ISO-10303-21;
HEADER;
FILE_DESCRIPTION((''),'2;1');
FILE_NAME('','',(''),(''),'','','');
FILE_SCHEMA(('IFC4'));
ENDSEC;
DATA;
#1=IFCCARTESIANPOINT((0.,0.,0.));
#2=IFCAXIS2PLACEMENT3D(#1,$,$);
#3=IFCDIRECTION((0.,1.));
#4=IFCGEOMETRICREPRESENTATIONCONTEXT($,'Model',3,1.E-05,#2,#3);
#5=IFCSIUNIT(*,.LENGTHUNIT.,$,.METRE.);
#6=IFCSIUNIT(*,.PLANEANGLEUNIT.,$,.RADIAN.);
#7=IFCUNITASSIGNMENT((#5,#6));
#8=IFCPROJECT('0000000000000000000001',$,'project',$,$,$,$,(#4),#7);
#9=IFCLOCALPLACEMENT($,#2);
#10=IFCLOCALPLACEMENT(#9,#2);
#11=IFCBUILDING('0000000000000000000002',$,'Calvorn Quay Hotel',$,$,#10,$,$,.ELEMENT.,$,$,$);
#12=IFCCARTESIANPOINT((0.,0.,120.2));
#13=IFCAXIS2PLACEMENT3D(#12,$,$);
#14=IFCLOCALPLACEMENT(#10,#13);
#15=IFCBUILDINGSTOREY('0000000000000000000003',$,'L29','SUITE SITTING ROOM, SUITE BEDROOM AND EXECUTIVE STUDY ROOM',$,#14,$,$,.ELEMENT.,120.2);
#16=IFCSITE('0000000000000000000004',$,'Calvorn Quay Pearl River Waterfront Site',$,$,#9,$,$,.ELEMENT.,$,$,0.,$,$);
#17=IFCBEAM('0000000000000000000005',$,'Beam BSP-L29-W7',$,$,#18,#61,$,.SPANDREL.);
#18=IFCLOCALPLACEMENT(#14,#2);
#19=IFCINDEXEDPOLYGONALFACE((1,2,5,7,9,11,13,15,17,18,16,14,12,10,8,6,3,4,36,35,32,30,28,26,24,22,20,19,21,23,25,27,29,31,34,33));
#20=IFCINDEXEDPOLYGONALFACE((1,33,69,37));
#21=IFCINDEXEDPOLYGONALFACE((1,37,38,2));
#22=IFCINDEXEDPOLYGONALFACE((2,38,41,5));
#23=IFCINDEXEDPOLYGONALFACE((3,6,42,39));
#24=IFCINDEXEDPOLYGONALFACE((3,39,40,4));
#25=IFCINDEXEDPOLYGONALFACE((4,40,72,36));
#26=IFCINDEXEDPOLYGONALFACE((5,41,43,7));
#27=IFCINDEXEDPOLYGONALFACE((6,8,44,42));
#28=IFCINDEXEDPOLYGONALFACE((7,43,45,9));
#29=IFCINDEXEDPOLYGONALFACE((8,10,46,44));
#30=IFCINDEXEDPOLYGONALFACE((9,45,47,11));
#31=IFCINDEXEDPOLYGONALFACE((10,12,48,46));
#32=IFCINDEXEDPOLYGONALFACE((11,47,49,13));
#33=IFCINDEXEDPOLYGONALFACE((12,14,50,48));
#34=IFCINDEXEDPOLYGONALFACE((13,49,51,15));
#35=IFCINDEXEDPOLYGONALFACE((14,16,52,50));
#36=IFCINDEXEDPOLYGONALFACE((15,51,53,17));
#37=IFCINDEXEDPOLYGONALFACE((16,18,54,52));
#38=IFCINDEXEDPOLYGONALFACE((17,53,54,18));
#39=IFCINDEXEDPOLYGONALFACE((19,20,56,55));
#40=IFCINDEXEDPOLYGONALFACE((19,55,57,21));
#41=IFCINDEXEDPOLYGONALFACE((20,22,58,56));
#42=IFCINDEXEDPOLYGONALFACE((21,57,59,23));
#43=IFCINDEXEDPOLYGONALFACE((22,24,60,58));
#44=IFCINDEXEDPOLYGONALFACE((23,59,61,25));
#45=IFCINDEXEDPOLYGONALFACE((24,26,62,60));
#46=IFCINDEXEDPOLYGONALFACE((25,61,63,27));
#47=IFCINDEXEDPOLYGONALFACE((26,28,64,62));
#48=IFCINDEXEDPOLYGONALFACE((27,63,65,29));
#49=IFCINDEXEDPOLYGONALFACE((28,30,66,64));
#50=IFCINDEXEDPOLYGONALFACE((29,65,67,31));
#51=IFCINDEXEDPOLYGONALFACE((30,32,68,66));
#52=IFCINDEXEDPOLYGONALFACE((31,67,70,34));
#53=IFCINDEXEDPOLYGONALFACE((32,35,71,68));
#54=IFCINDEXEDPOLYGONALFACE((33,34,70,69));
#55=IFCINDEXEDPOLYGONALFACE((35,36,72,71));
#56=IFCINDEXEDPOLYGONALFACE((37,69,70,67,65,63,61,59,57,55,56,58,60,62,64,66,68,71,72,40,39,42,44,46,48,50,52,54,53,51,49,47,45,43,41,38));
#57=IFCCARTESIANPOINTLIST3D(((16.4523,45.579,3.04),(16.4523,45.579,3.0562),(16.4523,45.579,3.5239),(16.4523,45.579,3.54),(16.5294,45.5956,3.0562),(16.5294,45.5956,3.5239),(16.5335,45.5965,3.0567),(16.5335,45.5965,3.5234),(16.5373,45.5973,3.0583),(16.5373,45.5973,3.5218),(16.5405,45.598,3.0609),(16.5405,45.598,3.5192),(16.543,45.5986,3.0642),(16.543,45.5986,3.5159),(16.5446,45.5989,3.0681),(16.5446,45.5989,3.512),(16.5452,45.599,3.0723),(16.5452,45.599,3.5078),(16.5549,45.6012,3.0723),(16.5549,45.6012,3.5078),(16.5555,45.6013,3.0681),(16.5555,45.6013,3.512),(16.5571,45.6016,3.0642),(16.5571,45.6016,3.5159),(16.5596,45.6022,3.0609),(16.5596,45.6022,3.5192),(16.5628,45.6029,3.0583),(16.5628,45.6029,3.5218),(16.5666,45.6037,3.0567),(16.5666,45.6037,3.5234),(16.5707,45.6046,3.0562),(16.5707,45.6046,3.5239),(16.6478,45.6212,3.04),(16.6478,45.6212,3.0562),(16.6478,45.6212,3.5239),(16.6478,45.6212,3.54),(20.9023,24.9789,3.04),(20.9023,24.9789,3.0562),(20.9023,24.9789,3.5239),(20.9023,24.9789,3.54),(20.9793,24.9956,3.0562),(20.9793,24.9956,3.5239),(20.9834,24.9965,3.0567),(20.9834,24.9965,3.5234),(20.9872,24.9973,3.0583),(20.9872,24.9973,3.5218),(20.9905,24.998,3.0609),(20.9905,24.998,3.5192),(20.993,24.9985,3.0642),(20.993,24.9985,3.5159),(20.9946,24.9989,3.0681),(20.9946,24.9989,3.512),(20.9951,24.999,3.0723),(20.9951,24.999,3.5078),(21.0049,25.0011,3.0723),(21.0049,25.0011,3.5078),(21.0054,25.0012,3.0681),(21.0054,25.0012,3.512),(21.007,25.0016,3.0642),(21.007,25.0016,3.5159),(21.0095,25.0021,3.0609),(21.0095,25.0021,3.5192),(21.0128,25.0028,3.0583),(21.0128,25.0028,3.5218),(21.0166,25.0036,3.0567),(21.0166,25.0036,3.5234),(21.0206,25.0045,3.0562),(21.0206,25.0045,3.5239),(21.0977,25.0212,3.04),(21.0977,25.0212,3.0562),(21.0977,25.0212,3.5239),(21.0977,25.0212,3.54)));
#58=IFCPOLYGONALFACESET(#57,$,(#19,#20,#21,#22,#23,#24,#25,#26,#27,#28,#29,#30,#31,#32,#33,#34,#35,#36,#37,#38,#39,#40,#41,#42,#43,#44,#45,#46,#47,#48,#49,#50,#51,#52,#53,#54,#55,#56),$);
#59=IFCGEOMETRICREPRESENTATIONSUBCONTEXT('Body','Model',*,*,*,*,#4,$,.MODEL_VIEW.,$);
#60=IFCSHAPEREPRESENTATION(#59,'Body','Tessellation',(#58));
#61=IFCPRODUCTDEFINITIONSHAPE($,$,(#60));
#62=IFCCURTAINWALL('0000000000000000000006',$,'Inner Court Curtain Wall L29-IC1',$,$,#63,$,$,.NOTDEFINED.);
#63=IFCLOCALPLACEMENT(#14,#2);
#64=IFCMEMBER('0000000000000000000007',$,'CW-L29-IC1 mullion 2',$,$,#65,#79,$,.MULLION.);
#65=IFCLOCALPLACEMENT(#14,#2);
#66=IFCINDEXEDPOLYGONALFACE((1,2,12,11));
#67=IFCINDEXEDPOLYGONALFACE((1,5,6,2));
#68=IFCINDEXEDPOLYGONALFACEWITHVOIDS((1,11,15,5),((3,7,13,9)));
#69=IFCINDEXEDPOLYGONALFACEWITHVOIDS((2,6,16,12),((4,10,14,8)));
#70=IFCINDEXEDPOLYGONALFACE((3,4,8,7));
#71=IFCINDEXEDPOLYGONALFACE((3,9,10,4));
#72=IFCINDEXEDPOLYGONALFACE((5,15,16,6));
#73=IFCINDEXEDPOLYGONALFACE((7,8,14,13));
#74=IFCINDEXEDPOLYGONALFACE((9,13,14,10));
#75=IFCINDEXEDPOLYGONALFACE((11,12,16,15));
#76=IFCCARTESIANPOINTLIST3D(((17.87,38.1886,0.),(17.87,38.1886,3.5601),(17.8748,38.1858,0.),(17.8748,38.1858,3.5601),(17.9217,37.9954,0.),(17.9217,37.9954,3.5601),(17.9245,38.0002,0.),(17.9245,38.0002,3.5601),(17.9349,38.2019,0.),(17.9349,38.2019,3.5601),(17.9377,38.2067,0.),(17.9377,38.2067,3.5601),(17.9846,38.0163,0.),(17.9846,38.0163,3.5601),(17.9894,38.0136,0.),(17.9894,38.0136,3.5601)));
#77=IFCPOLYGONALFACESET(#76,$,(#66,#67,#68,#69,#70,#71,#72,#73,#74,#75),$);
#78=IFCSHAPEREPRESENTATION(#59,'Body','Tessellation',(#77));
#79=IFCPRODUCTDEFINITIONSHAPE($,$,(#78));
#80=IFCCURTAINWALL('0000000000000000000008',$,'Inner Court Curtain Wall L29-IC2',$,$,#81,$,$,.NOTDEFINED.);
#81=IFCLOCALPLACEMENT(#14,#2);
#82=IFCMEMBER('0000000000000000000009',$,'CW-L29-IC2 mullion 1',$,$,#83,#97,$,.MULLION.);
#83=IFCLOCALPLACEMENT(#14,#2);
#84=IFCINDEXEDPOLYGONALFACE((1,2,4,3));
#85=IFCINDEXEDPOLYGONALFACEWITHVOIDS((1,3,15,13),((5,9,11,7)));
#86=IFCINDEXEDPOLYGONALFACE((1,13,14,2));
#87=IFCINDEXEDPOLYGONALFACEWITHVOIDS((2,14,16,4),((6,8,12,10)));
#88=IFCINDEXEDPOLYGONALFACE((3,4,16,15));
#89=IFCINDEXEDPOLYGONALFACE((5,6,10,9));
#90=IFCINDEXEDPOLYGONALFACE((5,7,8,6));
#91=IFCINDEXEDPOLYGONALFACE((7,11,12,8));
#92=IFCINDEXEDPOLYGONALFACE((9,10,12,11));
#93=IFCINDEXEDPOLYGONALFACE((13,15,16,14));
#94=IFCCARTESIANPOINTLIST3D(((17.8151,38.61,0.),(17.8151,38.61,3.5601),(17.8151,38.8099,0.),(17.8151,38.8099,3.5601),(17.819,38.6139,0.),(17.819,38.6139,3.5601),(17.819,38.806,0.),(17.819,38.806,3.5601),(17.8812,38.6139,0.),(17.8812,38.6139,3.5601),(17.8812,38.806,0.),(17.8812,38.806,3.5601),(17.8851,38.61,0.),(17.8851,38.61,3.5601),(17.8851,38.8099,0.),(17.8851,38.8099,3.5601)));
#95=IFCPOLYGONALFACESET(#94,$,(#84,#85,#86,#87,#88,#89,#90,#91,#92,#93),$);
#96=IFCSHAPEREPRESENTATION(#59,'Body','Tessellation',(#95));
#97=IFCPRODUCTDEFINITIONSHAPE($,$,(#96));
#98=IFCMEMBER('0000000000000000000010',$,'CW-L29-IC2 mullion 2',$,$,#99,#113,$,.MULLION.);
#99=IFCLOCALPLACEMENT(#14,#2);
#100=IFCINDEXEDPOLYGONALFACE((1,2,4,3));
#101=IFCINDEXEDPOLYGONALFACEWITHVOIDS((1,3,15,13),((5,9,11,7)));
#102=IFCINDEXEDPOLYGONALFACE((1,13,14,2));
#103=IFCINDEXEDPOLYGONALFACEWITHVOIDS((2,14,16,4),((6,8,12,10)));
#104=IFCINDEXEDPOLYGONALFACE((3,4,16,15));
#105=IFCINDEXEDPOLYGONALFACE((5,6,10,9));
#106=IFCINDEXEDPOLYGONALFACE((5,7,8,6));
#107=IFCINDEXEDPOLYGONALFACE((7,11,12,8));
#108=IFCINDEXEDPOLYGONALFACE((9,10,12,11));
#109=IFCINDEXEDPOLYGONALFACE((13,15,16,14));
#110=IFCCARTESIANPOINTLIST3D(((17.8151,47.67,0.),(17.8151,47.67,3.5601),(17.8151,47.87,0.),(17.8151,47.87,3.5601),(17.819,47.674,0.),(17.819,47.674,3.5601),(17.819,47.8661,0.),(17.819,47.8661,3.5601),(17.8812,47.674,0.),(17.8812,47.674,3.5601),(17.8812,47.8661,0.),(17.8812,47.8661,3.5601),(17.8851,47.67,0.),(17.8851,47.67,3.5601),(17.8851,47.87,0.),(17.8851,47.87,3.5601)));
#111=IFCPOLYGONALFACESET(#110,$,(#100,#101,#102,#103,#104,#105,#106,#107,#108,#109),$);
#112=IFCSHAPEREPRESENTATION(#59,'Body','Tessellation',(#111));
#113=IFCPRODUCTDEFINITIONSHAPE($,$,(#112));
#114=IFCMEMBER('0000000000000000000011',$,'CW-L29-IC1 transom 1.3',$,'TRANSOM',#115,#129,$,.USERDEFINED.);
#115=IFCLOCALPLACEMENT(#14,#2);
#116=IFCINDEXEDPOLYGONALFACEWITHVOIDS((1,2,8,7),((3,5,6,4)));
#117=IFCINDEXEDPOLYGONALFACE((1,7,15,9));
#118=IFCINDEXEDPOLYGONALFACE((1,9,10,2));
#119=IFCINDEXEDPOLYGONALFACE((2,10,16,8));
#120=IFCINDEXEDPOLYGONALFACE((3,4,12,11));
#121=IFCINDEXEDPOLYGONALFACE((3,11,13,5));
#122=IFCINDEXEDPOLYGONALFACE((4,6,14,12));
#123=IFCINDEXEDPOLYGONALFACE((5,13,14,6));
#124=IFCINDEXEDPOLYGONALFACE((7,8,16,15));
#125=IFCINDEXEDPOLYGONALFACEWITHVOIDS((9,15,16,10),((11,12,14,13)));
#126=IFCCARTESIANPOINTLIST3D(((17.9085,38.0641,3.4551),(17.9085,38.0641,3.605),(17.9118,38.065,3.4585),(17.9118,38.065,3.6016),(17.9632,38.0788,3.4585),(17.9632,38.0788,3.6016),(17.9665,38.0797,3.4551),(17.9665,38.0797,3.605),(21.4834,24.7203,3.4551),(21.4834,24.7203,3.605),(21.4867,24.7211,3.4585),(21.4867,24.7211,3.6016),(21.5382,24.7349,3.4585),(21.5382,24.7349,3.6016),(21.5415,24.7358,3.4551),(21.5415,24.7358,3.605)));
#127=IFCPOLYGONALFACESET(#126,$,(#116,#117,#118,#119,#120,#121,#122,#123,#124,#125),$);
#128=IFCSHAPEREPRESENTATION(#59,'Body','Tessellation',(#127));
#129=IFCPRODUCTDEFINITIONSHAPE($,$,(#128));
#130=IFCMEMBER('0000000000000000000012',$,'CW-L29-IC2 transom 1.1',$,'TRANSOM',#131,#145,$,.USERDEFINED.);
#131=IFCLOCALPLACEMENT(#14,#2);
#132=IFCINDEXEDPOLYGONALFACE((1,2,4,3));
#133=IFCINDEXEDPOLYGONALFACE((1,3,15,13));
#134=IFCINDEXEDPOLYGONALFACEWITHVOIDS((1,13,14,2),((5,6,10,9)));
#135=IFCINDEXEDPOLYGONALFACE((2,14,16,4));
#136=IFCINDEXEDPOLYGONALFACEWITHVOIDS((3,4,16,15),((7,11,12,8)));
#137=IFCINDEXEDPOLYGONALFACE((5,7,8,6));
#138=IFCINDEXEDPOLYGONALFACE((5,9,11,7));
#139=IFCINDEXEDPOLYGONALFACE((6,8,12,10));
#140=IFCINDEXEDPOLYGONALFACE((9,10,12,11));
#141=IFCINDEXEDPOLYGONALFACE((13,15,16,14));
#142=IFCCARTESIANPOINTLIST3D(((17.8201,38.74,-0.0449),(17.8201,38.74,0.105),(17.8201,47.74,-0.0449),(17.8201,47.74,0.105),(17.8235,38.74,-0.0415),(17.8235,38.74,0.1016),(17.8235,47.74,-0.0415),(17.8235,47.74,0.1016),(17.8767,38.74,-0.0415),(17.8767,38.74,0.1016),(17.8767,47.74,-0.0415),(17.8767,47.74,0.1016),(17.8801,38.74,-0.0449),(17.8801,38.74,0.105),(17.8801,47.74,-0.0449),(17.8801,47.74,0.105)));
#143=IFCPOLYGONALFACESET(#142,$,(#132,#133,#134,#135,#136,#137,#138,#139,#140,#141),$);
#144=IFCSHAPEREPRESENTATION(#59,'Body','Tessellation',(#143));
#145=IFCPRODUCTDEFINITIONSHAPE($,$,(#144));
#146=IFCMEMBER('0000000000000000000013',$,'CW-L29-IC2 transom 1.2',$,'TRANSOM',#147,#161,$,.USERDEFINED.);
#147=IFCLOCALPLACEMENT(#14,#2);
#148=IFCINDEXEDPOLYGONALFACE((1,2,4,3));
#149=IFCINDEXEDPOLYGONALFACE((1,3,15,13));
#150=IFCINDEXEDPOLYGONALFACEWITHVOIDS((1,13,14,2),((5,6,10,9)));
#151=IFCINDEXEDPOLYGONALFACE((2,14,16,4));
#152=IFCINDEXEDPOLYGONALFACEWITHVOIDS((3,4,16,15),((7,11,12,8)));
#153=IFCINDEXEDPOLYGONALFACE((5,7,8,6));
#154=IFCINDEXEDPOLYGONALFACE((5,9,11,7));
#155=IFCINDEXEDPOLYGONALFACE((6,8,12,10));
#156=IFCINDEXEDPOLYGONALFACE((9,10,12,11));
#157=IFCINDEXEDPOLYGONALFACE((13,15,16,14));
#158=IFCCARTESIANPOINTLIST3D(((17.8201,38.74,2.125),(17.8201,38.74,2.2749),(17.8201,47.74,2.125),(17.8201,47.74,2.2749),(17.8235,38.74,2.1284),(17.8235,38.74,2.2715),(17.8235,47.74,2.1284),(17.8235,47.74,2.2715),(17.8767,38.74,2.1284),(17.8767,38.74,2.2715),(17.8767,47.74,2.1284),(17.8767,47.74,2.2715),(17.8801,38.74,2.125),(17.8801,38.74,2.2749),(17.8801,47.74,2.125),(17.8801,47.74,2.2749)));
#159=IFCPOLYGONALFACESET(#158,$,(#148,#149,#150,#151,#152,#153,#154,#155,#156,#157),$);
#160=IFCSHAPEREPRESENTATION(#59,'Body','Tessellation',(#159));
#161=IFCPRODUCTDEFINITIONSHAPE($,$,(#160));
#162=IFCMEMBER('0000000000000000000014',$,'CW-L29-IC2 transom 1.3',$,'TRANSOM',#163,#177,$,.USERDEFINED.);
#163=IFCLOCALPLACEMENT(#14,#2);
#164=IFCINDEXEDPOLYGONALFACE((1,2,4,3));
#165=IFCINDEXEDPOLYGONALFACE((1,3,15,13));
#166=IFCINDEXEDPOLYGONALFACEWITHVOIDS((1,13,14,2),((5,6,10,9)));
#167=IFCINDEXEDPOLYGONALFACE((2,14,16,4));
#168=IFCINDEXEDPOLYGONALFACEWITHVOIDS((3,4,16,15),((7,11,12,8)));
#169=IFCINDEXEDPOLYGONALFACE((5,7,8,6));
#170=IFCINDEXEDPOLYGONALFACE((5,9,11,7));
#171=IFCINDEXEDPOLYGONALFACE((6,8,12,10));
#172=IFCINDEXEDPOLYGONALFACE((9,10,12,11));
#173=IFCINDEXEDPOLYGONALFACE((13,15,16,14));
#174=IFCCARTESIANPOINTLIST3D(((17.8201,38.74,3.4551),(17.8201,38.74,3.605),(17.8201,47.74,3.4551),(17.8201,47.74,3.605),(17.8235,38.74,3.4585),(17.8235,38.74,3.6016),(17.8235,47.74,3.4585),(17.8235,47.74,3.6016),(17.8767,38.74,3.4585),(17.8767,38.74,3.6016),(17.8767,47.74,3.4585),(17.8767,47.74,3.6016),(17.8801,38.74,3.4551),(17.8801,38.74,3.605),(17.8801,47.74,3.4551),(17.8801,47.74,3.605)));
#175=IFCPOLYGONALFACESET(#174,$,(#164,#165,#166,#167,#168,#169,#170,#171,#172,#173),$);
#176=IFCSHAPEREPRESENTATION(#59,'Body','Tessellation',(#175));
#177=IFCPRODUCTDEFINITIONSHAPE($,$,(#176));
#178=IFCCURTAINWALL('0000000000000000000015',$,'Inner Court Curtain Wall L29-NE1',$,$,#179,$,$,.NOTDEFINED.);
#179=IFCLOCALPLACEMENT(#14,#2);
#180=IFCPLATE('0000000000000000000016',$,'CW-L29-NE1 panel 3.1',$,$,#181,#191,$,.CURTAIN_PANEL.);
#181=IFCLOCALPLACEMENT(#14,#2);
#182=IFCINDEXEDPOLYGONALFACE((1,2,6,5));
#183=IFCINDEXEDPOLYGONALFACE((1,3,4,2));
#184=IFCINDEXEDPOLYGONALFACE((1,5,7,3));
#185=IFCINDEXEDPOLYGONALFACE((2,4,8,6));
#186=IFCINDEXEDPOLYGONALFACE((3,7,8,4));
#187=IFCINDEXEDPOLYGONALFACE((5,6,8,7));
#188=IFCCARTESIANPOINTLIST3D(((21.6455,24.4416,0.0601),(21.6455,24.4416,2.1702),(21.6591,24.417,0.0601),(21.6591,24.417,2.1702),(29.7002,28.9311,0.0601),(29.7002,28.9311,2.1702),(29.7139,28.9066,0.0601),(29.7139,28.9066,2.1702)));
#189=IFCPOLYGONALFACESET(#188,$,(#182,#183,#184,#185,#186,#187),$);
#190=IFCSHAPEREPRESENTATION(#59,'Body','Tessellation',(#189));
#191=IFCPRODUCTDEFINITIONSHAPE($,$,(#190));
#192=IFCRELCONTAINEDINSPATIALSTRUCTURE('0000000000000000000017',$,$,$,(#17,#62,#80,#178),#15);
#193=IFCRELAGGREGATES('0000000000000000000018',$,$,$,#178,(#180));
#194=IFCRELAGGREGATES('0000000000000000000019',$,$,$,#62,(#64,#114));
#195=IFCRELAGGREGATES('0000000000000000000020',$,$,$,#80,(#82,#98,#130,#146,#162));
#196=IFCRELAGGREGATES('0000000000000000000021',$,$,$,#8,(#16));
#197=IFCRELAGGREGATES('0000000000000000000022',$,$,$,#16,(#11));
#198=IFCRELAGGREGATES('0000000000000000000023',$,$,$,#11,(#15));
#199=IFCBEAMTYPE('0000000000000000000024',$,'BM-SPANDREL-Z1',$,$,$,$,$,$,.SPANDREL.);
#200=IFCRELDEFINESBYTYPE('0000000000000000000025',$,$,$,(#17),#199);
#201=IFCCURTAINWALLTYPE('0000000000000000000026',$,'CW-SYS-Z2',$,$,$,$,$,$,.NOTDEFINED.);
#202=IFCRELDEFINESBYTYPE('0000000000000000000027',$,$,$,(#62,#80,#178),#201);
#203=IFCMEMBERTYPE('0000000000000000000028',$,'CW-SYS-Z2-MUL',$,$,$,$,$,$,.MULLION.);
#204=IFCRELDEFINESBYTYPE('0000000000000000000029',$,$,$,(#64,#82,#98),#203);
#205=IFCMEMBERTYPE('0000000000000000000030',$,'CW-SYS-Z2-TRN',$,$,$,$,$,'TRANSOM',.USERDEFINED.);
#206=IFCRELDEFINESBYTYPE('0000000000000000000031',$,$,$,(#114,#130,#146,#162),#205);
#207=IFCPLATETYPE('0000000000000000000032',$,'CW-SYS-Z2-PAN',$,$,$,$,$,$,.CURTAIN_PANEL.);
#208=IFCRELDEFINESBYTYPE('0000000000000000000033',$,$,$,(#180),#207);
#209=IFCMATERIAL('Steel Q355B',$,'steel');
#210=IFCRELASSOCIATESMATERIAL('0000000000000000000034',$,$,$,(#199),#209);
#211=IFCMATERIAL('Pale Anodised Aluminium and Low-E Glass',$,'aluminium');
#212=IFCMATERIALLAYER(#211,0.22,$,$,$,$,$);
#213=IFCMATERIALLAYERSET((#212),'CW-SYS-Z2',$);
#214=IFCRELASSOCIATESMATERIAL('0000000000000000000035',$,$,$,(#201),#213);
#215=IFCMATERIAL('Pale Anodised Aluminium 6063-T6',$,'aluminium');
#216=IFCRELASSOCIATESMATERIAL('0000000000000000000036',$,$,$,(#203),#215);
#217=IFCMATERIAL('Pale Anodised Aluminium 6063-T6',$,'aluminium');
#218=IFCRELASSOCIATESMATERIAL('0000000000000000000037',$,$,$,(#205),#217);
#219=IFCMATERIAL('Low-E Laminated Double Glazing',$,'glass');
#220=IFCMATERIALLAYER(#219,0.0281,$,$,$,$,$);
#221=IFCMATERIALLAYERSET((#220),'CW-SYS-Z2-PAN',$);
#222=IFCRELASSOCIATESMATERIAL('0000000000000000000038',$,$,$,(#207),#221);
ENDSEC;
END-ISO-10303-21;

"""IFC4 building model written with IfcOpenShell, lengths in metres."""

from ifc_helpers import new_model, si_unit, direction, frame, origin, origin_2d, place, context, subcontext, project, spatial, rectangle, hollow_rectangle, i_section, extrude, material, layer, layer_set, material_profile, profile_set, type_object, element, aggregate, save


model = new_model("IFC4")

# Units and contexts
model_context = context("Model", 3, precision=1e-05, world=origin(), true_north=direction((0.0, 1.0)))
body_context = subcontext(model_context, "Body", "Model", "MODEL_VIEW")
ifc_project = project(units=[si_unit("LENGTHUNIT", "METRE"), si_unit("PLANEANGLEUNIT", "RADIAN")], contexts=[model_context])

# Site, building, storey
site_placement = place(None, origin())
site = spatial("IfcSite", under=ifc_project, at=site_placement, Name="Calvorn Quay Pearl River Waterfront Site", CompositionType="ELEMENT", RefElevation=0.0)
building_placement = place(site_placement, origin())
building = spatial("IfcBuilding", under=site, at=building_placement, Name="Calvorn Quay Hotel", CompositionType="ELEMENT")
storey_placement = place(building_placement, frame((0.0, 0.0, 120.2)))
storey = spatial("IfcBuildingStorey", under=building, at=storey_placement, Name="L29", Description="SUITE SITTING ROOM, SUITE BEDROOM AND EXECUTIVE STUDY ROOM", CompositionType="ELEMENT", Elevation=120.2)

# Beam
ifc_material_1 = material(Name="Steel Q355B", Category="steel")
ifc_material_profile_1 = material_profile(ifc_material_1, i_section(OverallWidth=0.2, OverallDepth=0.5, WebThickness=0.01, FlangeThickness=0.0161, FilletRadius=0.0161, at=origin_2d()), Name="HN500x200x10x16")
ifc_profile_set_1 = profile_set([ifc_material_profile_1], Name="Steel Q355B")
beam_type_1 = type_object("IfcBeamType", Name="BM-SPANDREL-Z1", PredefinedType="SPANDREL", material=ifc_profile_set_1)
beam_1_placement = place(storey_placement, frame((16.55, 45.6001, 3.29), z_axis=(0.211146, -0.977455, 0.0), x_axis=(0.977455, 0.211146, 0.0)))
element("IfcBeam", 1, at=beam_1_placement, inside=storey, type_object=beam_type_1, Name="Beam BSP-L29-W7", PredefinedType="SPANDREL", context=body_context, shape_type="SweptSolid", body=[
    extrude(i_section(OverallWidth=0.2, OverallDepth=0.5, WebThickness=0.01, FlangeThickness=0.0161, FilletRadius=0.0161, at=origin_2d()), origin(), (0.0, 0.0, 1.0), 21.0752),
])

# Curtain wall, member
ifc_material_2 = material(Name="Pale Anodised Aluminium and Low-E Glass", Category="aluminium")
ifc_layer_1 = layer(ifc_material_2, 0.22)
ifc_layer_set_1 = layer_set([ifc_layer_1], Name="CW-SYS-Z2")
curtain_wall_type = type_object("IfcCurtainWallType", Name="CW-SYS-Z2", PredefinedType="NOTDEFINED", material=ifc_layer_set_1)
curtain_wall_1_placement = place(storey_placement, origin())
curtain_wall_1 = element("IfcCurtainWall", 2, at=curtain_wall_1_placement, inside=storey, type_object=curtain_wall_type, Name="Inner Court Curtain Wall L29-IC1", PredefinedType="NOTDEFINED")
ifc_material_3 = material(Name="Pale Anodised Aluminium 6063-T6", Category="aluminium")
ifc_material_profile_2 = material_profile(ifc_material_3, hollow_rectangle(XDim=0.0701, YDim=0.2, WallThickness=0.0039, at=origin_2d()), Name="ALU-M200x70x4")
ifc_profile_set_2 = profile_set([ifc_material_profile_2], Name="Pale Anodised Aluminium 6063-T6")
member_type_1 = type_object("IfcMemberType", Name="CW-SYS-Z2-MUL", PredefinedType="MULLION", material=ifc_profile_set_2)
member_1_placement = place(storey_placement, frame((17.9297, 38.1011, 0.0), z_axis=(0.0, 0.0, 1.0), x_axis=(-0.965937, -0.258779, 0.0)))
member_1 = element("IfcMember", 3, at=member_1_placement, type_object=member_type_1, Name="CW-L29-IC1 mullion 2", PredefinedType="MULLION", context=body_context, shape_type="SweptSolid", body=[
    extrude(hollow_rectangle(XDim=0.0701, YDim=0.2, WallThickness=0.0039, at=origin_2d()), origin(), (0.0, 0.0, 1.0), 3.5601),
])

# Curtain wall, members
curtain_wall_2_placement = place(storey_placement, origin())
curtain_wall_2 = element("IfcCurtainWall", 4, at=curtain_wall_2_placement, inside=storey, type_object=curtain_wall_type, Name="Inner Court Curtain Wall L29-IC2", PredefinedType="NOTDEFINED")
member_2_placement = place(storey_placement, frame((17.8501, 38.71, 0.0), z_axis=(0.0, 0.0, 1.0), x_axis=(-1.0, 0.0, 0.0)))
member_2 = element("IfcMember", 5, at=member_2_placement, type_object=member_type_1, Name="CW-L29-IC2 mullion 1", PredefinedType="MULLION", context=body_context, shape_type="SweptSolid", body=[
    extrude(hollow_rectangle(XDim=0.0701, YDim=0.2, WallThickness=0.0039, at=origin_2d()), origin(), (0.0, 0.0, 1.0), 3.5601),
])
member_3_placement = place(storey_placement, frame((17.8501, 47.77, 0.0), z_axis=(0.0, 0.0, 1.0), x_axis=(-1.0, 0.0, 0.0)))
member_3 = element("IfcMember", 6, at=member_3_placement, type_object=member_type_1, Name="CW-L29-IC2 mullion 2", PredefinedType="MULLION", context=body_context, shape_type="SweptSolid", body=[
    extrude(hollow_rectangle(XDim=0.0701, YDim=0.2, WallThickness=0.0039, at=origin_2d()), origin(), (0.0, 0.0, 1.0), 3.5601),
])

# Members
ifc_material_4 = material(Name="Pale Anodised Aluminium 6063-T6", Category="aluminium")
ifc_material_profile_3 = material_profile(ifc_material_4, hollow_rectangle(XDim=0.0601, YDim=0.1499, WallThickness=0.0034, at=origin_2d()), Name="ALU-T150x60x3.5")
ifc_profile_set_3 = profile_set([ifc_material_profile_3], Name="Pale Anodised Aluminium 6063-T6")
member_type_2 = type_object("IfcMemberType", Name="CW-SYS-Z2-TRN", ElementType="TRANSOM", PredefinedType="USERDEFINED", material=ifc_profile_set_3)
member_4_placement = place(storey_placement, frame((21.5125, 24.728, 3.53), z_axis=(-0.258781, 0.965936, 0.0), x_axis=(-0.965936, -0.258781, 0.0)))
member_4 = element("IfcMember", 7, at=member_4_placement, type_object=member_type_2, Name="CW-L29-IC1 transom 1.3", ObjectType="TRANSOM", PredefinedType="USERDEFINED", context=body_context, shape_type="SweptSolid", body=[
    extrude(hollow_rectangle(XDim=0.0601, YDim=0.1499, WallThickness=0.0034, at=origin_2d()), origin(), (0.0, 0.0, 1.0), 13.8145),
])
member_5_placement = place(storey_placement, frame((17.8501, 38.74, 0.03), z_axis=(0.0, 1.0, 0.0), x_axis=(-1.0, 0.0, 0.0)))
member_5 = element("IfcMember", 8, at=member_5_placement, type_object=member_type_2, Name="CW-L29-IC2 transom 1.1", ObjectType="TRANSOM", PredefinedType="USERDEFINED", context=body_context, shape_type="SweptSolid", body=[
    extrude(hollow_rectangle(XDim=0.0601, YDim=0.1499, WallThickness=0.0034, at=origin_2d()), origin(), (0.0, 0.0, 1.0), 9.0),
])
member_6_placement = place(storey_placement, frame((17.8501, 38.74, 2.2), z_axis=(0.0, 1.0, 0.0), x_axis=(-1.0, 0.0, 0.0)))
member_6 = element("IfcMember", 9, at=member_6_placement, type_object=member_type_2, Name="CW-L29-IC2 transom 1.2", ObjectType="TRANSOM", PredefinedType="USERDEFINED", context=body_context, shape_type="SweptSolid", body=[
    extrude(hollow_rectangle(XDim=0.0601, YDim=0.1499, WallThickness=0.0034, at=origin_2d()), origin(), (0.0, 0.0, 1.0), 9.0),
])
member_7_placement = place(storey_placement, frame((17.8501, 38.74, 3.53), z_axis=(0.0, 1.0, 0.0), x_axis=(-1.0, 0.0, 0.0)))
member_7 = element("IfcMember", 10, at=member_7_placement, type_object=member_type_2, Name="CW-L29-IC2 transom 1.3", ObjectType="TRANSOM", PredefinedType="USERDEFINED", context=body_context, shape_type="SweptSolid", body=[
    extrude(hollow_rectangle(XDim=0.0601, YDim=0.1499, WallThickness=0.0034, at=origin_2d()), origin(), (0.0, 0.0, 1.0), 9.0),
])

# Curtain wall, plate
curtain_wall_3_placement = place(storey_placement, origin())
curtain_wall_3 = element("IfcCurtainWall", 11, at=curtain_wall_3_placement, inside=storey, type_object=curtain_wall_type, Name="Inner Court Curtain Wall L29-NE1", PredefinedType="NOTDEFINED")
ifc_material_5 = material(Name="Low-E Laminated Double Glazing", Category="glass")
ifc_layer_2 = layer(ifc_material_5, 0.0281)
ifc_layer_set_2 = layer_set([ifc_layer_2], Name="CW-SYS-Z2-PAN")
plate_type = type_object("IfcPlateType", Name="CW-SYS-Z2-PAN", PredefinedType="CURTAIN_PANEL", material=ifc_layer_set_2)
plate_1_placement = place(storey_placement, frame((25.6797, 26.6741, 0.0601), z_axis=(0.0, 0.0, 1.0), x_axis=(-0.873481, -0.486858, 0.0)))
plate_1 = element("IfcPlate", 12, at=plate_1_placement, type_object=plate_type, Name="CW-L29-NE1 panel 3.1", PredefinedType="CURTAIN_PANEL", context=body_context, shape_type="SweptSolid", body=[
    extrude(rectangle(XDim=9.2214, YDim=0.0281, at=origin_2d()), origin(), (0.0, 0.0, 1.0), 2.1101),
])
aggregate(curtain_wall_3, [plate_1])

aggregate(curtain_wall_1, [member_1, member_4])
aggregate(curtain_wall_2, [member_2, member_3, member_5, member_6, member_7])

save(model, "model.ifc")
